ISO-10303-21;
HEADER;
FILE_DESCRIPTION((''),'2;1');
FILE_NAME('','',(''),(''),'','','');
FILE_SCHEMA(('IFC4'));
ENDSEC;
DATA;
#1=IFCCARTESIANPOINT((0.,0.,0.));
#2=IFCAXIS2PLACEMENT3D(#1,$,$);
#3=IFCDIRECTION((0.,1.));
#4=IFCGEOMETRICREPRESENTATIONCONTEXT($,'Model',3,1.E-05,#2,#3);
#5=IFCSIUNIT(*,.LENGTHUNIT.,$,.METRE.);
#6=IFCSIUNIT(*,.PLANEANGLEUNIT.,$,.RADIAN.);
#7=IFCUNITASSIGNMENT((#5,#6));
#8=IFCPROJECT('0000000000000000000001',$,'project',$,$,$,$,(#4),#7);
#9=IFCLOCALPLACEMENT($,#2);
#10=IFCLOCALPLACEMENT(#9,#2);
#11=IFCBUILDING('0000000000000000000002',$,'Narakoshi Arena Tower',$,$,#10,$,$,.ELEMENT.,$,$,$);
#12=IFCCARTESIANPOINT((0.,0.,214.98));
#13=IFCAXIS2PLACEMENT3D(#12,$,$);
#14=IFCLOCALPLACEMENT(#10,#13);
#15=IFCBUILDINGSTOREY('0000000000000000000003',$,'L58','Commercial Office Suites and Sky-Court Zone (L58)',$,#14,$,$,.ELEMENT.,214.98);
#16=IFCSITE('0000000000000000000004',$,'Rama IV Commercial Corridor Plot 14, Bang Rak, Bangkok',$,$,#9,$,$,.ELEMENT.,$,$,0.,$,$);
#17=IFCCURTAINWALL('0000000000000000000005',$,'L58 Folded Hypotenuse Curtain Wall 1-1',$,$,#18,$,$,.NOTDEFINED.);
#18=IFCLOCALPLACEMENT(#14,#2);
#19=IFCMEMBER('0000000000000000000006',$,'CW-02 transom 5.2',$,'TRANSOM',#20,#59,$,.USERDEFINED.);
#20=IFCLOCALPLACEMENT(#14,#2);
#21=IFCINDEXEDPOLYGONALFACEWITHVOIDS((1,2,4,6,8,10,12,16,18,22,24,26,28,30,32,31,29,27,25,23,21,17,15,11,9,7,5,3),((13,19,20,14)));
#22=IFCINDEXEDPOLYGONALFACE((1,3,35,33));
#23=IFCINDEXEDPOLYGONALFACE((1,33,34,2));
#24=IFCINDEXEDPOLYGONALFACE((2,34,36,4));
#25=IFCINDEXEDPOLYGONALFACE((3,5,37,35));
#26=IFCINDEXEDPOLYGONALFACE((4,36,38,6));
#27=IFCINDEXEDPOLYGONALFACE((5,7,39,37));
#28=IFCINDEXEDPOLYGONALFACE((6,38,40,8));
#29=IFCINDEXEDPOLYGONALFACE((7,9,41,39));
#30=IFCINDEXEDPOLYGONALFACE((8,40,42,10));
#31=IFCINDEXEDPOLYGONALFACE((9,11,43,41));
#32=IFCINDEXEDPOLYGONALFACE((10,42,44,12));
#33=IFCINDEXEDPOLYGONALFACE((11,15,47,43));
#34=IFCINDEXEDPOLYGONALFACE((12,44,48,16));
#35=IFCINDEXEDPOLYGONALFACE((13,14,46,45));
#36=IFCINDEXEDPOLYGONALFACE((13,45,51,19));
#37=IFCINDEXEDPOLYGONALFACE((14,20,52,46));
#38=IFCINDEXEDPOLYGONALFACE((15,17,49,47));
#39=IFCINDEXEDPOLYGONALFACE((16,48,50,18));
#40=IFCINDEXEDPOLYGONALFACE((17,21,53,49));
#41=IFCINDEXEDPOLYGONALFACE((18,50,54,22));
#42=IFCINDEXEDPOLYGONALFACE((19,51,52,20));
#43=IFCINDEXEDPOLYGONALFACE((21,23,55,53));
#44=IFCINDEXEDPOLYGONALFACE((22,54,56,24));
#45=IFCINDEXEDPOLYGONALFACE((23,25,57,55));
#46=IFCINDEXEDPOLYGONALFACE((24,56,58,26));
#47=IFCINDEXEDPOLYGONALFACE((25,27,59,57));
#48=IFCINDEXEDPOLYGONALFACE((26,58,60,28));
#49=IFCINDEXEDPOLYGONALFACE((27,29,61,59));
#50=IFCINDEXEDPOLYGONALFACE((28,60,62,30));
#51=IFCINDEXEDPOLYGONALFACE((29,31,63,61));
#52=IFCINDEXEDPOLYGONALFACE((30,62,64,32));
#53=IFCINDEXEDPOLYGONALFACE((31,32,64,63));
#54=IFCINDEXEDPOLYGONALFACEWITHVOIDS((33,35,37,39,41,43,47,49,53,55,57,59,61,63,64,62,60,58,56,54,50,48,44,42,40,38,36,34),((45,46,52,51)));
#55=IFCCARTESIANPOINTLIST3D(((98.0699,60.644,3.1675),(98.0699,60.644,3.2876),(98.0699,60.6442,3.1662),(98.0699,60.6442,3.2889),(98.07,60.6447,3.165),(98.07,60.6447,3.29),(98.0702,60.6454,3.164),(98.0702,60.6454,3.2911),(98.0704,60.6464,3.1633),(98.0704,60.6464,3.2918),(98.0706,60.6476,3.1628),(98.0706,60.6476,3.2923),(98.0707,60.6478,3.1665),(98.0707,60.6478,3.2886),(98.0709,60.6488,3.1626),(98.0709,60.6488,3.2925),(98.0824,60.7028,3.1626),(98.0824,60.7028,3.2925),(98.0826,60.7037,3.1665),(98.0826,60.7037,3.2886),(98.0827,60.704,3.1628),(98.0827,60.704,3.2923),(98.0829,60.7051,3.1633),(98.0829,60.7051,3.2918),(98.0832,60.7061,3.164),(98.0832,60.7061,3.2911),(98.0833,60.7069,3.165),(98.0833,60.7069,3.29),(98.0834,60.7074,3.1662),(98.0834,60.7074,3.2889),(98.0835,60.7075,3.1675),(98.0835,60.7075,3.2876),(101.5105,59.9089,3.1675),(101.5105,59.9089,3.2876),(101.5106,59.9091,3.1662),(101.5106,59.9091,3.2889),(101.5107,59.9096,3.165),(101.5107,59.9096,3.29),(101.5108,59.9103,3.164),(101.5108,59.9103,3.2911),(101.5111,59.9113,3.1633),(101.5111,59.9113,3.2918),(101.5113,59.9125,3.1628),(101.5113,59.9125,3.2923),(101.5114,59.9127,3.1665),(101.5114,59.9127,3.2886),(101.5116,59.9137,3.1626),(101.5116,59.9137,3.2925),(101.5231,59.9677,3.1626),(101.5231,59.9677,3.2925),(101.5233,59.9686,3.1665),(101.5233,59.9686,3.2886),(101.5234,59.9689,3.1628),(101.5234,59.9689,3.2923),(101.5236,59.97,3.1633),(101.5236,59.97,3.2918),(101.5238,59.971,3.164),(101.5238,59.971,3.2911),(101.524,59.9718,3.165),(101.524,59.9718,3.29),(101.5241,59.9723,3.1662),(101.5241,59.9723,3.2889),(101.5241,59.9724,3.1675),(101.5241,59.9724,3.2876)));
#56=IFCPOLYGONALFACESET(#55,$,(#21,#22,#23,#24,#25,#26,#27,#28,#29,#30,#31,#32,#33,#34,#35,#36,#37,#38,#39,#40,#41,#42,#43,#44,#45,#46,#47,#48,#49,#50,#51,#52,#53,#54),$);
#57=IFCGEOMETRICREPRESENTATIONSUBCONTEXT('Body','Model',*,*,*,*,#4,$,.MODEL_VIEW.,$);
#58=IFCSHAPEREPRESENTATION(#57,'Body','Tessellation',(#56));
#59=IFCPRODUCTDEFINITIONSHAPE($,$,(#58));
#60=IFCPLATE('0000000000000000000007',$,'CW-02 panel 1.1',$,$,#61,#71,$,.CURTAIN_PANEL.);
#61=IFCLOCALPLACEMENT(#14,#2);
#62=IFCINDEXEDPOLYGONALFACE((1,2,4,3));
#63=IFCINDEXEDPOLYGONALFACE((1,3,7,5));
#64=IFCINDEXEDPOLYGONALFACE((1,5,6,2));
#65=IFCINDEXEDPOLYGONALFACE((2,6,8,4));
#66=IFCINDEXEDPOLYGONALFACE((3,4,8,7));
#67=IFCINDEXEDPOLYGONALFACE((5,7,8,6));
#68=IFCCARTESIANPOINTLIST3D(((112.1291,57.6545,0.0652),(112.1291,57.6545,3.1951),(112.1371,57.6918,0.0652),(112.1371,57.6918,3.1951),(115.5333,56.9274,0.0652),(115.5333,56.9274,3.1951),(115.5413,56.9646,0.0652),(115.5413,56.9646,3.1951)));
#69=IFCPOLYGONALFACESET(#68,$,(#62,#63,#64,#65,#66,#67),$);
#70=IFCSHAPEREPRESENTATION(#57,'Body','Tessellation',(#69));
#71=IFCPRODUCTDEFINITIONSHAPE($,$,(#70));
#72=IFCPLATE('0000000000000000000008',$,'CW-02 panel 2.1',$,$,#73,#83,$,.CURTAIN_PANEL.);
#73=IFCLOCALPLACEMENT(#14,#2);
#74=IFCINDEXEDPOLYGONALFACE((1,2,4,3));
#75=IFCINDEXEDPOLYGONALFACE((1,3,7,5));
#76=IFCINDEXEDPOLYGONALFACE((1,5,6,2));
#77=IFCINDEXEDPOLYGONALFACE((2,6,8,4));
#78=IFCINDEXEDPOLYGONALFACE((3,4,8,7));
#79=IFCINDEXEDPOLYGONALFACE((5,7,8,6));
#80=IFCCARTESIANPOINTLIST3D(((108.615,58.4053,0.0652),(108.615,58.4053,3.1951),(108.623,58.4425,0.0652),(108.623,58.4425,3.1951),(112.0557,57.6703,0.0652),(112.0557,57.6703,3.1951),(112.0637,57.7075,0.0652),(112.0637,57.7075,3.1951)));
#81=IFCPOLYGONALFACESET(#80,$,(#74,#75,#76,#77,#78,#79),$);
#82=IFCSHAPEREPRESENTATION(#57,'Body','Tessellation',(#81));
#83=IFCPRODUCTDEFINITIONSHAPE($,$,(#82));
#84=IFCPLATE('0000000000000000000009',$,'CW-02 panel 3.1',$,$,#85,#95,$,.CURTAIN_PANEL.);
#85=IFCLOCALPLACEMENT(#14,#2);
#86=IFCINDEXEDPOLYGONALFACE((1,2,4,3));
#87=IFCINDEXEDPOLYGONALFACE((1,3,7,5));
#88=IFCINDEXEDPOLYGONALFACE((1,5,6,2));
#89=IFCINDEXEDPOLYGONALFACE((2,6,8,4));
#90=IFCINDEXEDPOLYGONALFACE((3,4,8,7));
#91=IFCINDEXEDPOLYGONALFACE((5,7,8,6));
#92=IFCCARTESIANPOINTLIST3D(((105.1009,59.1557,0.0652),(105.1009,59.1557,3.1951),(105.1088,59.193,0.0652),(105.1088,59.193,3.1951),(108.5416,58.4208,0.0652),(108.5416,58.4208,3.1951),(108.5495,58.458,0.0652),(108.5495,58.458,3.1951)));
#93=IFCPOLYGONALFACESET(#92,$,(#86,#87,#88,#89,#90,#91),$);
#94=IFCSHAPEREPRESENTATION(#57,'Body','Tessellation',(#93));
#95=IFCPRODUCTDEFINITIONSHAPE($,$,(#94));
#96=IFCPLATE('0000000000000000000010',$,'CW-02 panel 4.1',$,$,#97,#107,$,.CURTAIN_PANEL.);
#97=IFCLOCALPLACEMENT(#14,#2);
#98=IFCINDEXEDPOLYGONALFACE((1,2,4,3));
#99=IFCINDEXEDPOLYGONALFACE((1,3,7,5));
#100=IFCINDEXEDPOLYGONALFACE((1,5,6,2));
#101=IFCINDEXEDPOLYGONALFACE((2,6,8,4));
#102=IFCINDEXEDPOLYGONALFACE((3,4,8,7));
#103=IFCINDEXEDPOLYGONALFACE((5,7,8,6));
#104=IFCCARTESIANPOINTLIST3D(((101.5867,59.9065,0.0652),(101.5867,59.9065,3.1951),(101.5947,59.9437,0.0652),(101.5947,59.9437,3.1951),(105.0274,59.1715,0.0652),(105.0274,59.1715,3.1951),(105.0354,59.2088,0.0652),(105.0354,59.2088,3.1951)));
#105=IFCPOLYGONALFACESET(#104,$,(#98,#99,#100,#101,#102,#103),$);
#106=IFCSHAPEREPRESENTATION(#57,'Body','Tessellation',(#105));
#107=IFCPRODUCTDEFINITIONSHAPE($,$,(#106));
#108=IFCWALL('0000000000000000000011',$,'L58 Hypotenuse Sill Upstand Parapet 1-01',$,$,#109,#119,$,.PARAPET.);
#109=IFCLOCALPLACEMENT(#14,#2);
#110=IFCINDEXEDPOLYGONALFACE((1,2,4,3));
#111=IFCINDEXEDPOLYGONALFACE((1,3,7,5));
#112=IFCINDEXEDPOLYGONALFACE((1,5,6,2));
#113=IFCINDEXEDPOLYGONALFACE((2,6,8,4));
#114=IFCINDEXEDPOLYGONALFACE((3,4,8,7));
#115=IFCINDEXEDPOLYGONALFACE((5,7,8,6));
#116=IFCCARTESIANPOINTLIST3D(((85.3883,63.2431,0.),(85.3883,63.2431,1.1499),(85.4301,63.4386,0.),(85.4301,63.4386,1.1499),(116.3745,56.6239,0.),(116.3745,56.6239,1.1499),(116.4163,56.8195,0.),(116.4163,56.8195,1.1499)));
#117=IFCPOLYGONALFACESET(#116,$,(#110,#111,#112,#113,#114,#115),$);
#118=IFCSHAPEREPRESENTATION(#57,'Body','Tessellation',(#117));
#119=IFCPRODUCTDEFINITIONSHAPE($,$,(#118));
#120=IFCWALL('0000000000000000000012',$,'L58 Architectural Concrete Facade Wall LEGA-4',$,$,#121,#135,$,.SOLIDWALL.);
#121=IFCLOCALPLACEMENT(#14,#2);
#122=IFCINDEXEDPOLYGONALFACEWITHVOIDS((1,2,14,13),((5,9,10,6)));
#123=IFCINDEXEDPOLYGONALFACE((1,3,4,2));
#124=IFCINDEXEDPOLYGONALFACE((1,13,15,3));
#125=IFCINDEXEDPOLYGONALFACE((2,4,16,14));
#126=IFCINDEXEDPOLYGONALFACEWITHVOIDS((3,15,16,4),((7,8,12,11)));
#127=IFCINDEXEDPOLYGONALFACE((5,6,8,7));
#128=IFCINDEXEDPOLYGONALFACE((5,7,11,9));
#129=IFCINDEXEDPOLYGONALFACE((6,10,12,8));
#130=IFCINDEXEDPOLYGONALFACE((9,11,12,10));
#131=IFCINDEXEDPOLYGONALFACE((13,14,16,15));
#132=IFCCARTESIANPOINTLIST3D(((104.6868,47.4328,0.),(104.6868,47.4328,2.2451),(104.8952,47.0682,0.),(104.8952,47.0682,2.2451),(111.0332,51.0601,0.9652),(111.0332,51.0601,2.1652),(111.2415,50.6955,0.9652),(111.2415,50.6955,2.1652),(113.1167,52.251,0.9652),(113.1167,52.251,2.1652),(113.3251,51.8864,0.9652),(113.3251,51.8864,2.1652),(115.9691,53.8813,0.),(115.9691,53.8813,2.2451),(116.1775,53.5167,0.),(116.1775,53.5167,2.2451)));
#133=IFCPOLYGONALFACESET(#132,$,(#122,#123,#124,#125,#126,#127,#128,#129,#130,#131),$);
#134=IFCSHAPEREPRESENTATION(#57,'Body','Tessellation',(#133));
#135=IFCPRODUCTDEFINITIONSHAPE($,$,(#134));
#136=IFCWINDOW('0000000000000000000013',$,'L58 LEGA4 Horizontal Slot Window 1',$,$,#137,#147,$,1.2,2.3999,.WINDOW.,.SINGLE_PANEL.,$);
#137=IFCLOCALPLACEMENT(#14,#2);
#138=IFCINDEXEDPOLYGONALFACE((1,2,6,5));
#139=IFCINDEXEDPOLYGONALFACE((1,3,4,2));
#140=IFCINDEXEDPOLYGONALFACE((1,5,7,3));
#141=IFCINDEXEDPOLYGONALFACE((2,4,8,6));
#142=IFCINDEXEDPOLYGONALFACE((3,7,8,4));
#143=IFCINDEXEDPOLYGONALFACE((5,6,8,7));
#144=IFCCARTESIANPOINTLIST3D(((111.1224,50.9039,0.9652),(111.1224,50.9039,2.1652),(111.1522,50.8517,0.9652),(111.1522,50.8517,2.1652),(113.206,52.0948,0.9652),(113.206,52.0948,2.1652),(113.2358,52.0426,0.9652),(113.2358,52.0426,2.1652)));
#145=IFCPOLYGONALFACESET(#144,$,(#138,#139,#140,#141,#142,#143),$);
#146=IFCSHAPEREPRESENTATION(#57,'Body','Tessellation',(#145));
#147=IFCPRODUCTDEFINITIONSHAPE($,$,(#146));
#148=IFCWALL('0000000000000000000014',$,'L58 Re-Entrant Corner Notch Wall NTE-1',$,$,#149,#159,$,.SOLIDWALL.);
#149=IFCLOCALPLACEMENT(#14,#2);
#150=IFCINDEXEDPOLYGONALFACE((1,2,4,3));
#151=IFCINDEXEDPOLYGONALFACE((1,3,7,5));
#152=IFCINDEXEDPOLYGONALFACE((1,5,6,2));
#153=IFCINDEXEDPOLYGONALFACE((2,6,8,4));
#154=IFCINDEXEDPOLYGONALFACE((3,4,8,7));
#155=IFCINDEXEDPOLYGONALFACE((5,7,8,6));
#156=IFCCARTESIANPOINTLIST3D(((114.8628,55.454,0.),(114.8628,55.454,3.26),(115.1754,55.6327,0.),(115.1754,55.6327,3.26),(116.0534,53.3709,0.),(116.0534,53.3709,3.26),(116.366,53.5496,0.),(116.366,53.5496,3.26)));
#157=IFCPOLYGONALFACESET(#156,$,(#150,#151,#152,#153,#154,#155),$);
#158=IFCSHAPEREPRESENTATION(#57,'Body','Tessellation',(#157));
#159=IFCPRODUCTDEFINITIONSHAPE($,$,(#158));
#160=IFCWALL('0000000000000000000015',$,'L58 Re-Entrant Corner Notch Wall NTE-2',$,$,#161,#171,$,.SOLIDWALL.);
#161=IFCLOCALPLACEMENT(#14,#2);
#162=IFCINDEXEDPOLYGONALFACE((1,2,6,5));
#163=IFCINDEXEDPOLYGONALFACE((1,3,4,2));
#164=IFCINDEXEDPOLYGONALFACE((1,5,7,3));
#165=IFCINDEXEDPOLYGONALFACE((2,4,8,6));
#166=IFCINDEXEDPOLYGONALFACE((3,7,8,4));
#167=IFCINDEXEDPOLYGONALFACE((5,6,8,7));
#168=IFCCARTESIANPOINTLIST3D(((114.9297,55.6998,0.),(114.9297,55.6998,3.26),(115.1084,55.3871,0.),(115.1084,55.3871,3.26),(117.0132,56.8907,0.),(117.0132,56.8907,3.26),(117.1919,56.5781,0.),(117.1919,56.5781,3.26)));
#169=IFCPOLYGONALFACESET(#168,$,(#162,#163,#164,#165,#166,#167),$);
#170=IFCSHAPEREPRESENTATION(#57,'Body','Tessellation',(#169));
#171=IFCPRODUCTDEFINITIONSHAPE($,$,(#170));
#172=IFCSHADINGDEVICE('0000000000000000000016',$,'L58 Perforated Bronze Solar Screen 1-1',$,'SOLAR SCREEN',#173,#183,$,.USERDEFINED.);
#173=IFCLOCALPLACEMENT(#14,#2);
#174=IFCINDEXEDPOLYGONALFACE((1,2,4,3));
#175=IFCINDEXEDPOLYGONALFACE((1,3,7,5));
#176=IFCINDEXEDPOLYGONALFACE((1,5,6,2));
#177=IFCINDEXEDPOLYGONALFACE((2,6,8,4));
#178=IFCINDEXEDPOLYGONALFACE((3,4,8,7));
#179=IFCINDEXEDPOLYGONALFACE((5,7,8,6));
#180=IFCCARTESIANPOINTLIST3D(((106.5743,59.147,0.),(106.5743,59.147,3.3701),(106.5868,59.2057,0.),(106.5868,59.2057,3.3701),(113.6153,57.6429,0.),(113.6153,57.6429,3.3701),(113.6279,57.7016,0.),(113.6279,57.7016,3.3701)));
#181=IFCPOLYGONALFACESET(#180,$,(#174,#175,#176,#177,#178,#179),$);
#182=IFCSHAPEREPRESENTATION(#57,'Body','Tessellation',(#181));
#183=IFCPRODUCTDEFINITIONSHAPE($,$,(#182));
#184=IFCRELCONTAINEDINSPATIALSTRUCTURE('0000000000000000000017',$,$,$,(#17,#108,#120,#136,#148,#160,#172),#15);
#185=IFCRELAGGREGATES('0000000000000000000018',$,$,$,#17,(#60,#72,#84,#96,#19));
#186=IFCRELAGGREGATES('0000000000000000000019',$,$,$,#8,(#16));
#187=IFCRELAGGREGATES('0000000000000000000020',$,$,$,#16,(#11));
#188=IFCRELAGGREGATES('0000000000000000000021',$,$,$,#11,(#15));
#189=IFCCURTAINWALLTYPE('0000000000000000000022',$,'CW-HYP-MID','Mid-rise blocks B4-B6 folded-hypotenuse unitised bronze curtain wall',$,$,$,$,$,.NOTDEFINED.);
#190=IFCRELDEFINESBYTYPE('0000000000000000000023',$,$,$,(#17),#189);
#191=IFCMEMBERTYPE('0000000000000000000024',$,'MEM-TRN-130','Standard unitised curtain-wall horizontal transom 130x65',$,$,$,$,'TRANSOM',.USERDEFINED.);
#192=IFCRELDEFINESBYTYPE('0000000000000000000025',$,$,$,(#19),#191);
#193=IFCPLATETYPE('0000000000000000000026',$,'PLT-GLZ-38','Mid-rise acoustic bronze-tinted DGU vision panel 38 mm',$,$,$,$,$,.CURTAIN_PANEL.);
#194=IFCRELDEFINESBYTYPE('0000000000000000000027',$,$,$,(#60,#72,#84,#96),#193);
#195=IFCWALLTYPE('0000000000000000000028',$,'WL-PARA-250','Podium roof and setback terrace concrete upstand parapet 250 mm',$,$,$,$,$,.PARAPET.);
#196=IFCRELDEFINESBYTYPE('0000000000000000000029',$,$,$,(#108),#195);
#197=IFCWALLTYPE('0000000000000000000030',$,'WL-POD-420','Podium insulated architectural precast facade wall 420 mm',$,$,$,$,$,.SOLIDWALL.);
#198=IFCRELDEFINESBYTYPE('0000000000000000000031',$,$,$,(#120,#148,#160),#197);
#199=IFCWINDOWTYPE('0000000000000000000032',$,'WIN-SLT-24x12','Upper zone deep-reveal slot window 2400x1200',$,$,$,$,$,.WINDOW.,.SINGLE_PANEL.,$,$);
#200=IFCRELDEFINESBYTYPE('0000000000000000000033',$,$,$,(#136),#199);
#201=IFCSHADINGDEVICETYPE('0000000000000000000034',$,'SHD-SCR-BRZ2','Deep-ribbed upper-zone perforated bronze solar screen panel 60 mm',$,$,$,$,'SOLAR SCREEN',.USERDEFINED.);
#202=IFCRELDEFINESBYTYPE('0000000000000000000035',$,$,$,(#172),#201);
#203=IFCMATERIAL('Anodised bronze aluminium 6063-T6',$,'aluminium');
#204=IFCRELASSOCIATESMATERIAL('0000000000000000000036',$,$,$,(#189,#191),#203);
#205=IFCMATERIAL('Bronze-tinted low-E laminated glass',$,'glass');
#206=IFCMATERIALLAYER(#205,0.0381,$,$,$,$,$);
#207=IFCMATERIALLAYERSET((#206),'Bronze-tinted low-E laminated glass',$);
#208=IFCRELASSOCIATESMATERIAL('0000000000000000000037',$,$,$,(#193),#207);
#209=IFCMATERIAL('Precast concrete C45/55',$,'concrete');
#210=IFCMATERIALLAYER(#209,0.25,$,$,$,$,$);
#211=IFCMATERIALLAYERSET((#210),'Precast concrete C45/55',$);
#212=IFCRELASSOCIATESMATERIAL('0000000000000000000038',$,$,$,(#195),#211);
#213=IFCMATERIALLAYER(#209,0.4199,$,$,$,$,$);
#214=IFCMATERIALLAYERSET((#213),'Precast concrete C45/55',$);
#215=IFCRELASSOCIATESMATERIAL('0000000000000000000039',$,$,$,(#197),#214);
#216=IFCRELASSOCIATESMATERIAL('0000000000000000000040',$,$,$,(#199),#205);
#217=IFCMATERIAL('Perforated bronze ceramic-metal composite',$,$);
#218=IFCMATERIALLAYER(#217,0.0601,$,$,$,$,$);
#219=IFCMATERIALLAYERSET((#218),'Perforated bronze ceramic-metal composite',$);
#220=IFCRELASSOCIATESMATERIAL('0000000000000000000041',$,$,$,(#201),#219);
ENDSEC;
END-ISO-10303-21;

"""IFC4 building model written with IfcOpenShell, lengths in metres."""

from ifc_helpers import new_model, si_unit, direction, frame, frame_2d, origin, origin_2d, place, context, subcontext, project, spatial, rectangle, hollow_rectangle, extrude, material, layer, layer_set, material_profile, profile_set, type_object, element, fill, aggregate, save


model = new_model("IFC4")

# Units and contexts
model_context = context("Model", 3, precision=1e-05, world=origin(), true_north=direction((0.0, 1.0)))
body_context = subcontext(model_context, "Body", "Model", "MODEL_VIEW")
ifc_project = project(units=[si_unit("LENGTHUNIT", "METRE"), si_unit("PLANEANGLEUNIT", "RADIAN")], contexts=[model_context])

# Site, building, storey
site_placement = place(None, origin())
site = spatial("IfcSite", under=ifc_project, at=site_placement, Name="Rama IV Commercial Corridor Plot 14, Bang Rak, Bangkok", CompositionType="ELEMENT", RefElevation=0.0)
building_placement = place(site_placement, origin())
building = spatial("IfcBuilding", under=site, at=building_placement, Name="Narakoshi Arena Tower", CompositionType="ELEMENT")
storey_placement = place(building_placement, frame((0.0, 0.0, 214.98)))
storey = spatial("IfcBuildingStorey", under=building, at=storey_placement, Name="L58", Description="Commercial Office Suites and Sky-Court Zone (L58)", CompositionType="ELEMENT", Elevation=214.98)

# Curtain wall, member, plates
ifc_material_1 = material(Name="Anodised bronze aluminium 6063-T6", Category="aluminium")
curtain_wall_type = type_object("IfcCurtainWallType", Name="CW-HYP-MID", Description="Mid-rise blocks B4-B6 folded-hypotenuse unitised bronze curtain wall", PredefinedType="NOTDEFINED", material=ifc_material_1)
curtain_wall_placement = place(storey_placement, origin())
curtain_wall = element("IfcCurtainWall", 1, at=curtain_wall_placement, inside=storey, type_object=curtain_wall_type, Name="L58 Folded Hypotenuse Curtain Wall 1-1", PredefinedType="NOTDEFINED")
ifc_material_profile_1 = material_profile(ifc_material_1, hollow_rectangle(XDim=0.0649, YDim=0.1299, WallThickness=0.0039, OuterFilletRadius=0.0049, at=origin_2d()), Name="TRN130x65x4")
ifc_profile_set_1 = profile_set([ifc_material_profile_1], Name="Anodised bronze aluminium 6063-T6")
member_type_1 = type_object("IfcMemberType", Name="MEM-TRN-130", Description="Standard unitised curtain-wall horizontal transom 130x65", ElementType="TRANSOM", PredefinedType="USERDEFINED", material=ifc_profile_set_1)
member_1_placement = place(storey_placement, frame((101.5173, 59.9407, 3.2275), z_axis=(-0.977929, 0.208937, 0.0), x_axis=(-0.208937, -0.977929, 0.0)))
member_1 = element("IfcMember", 2, at=member_1_placement, type_object=member_type_1, Name="CW-02 transom 5.2", ObjectType="TRANSOM", PredefinedType="USERDEFINED", context=body_context, shape_type="SweptSolid", body=[
    extrude(hollow_rectangle(XDim=0.0649, YDim=0.1299, WallThickness=0.0039, OuterFilletRadius=0.0049, at=origin_2d()), origin(), (0.0, 0.0, 1.0), 3.5183),
])
ifc_material_2 = material(Name="Bronze-tinted low-E laminated glass", Category="glass")
ifc_layer_1 = layer(ifc_material_2, 0.0381)
ifc_layer_set_1 = layer_set([ifc_layer_1], Name="Bronze-tinted low-E laminated glass")
plate_type = type_object("IfcPlateType", Name="PLT-GLZ-38", Description="Mid-rise acoustic bronze-tinted DGU vision panel 38 mm", PredefinedType="CURTAIN_PANEL", material=ifc_layer_set_1)
plate_1_placement = place(storey_placement, frame((113.8352, 57.3096, 0.0652), z_axis=(0.0, 0.0, 1.0), x_axis=(-0.977937, 0.208899, 0.0)))
plate_1 = element("IfcPlate", 3, at=plate_1_placement, type_object=plate_type, Name="CW-02 panel 1.1", PredefinedType="CURTAIN_PANEL", context=body_context, shape_type="SweptSolid", body=[
    extrude(rectangle(XDim=3.481, YDim=0.0381, at=origin_2d()), origin(), (0.0, 0.0, 1.0), 3.1299),
])
plate_2_placement = place(storey_placement, frame((110.3394, 58.0564, 0.0652), z_axis=(0.0, 0.0, 1.0), x_axis=(-0.977937, 0.208899, 0.0)))
plate_2 = element("IfcPlate", 4, at=plate_2_placement, type_object=plate_type, Name="CW-02 panel 2.1", PredefinedType="CURTAIN_PANEL", context=body_context, shape_type="SweptSolid", body=[
    extrude(rectangle(XDim=3.5183, YDim=0.0381, at=origin_2d()), origin(), (0.0, 0.0, 1.0), 3.1299),
])
plate_3_placement = place(storey_placement, frame((106.8252, 58.8069, 0.0652), z_axis=(0.0, 0.0, 1.0), x_axis=(-0.977937, 0.208899, 0.0)))
plate_3 = element("IfcPlate", 5, at=plate_3_placement, type_object=plate_type, Name="CW-02 panel 3.1", PredefinedType="CURTAIN_PANEL", context=body_context, shape_type="SweptSolid", body=[
    extrude(rectangle(XDim=3.5183, YDim=0.0381, at=origin_2d()), origin(), (0.0, 0.0, 1.0), 3.1299),
])
plate_4_placement = place(storey_placement, frame((103.311, 59.5576, 0.0652), z_axis=(0.0, 0.0, 1.0), x_axis=(-0.977937, 0.208899, 0.0)))
plate_4 = element("IfcPlate", 6, at=plate_4_placement, type_object=plate_type, Name="CW-02 panel 4.1", PredefinedType="CURTAIN_PANEL", context=body_context, shape_type="SweptSolid", body=[
    extrude(rectangle(XDim=3.5183, YDim=0.0381, at=origin_2d()), origin(), (0.0, 0.0, 1.0), 3.1299),
])
aggregate(curtain_wall, [plate_1, plate_2, plate_3, plate_4, member_1])

# Wall
ifc_material_3 = material(Name="Precast concrete C45/55", Category="concrete")
ifc_layer_2 = layer(ifc_material_3, 0.25)
ifc_layer_set_2 = layer_set([ifc_layer_2], Name="Precast concrete C45/55")
wall_type_1 = type_object("IfcWallType", Name="WL-PARA-250", Description="Podium roof and setback terrace concrete upstand parapet 250 mm", PredefinedType="PARAPET", material=ifc_layer_set_2)
wall_1_placement = place(storey_placement, frame((116.3955, 56.7217, 0.0), z_axis=(0.0, 0.0, 1.0), x_axis=(-0.977937, 0.208902, 0.0)))
element("IfcWall", 7, at=wall_1_placement, inside=storey, type_object=wall_type_1, Name="L58 Hypotenuse Sill Upstand Parapet 1-01", PredefinedType="PARAPET", context=body_context, shape_type="SweptSolid", body=[
    extrude(rectangle(XDim=31.6853, YDim=0.2, at=frame_2d((15.8428, 0.0))), origin(), (0.0, 0.0, 1.0), 1.1499),
])

# Wall, opening, window
ifc_layer_3 = layer(ifc_material_3, 0.4199)
ifc_layer_set_3 = layer_set([ifc_layer_3], Name="Precast concrete C45/55")
wall_type_2 = type_object("IfcWallType", Name="WL-POD-420", Description="Podium insulated architectural precast facade wall 420 mm", PredefinedType="SOLIDWALL", material=ifc_layer_set_3)
wall_2_placement = place(storey_placement, frame((104.791, 47.2505, 0.0), z_axis=(0.0, 0.0, 1.0), x_axis=(0.868193, 0.496226, 0.0)))
wall_2 = element("IfcWall", 8, at=wall_2_placement, inside=storey, type_object=wall_type_2, Name="L58 Architectural Concrete Facade Wall LEGA-4", PredefinedType="SOLIDWALL", context=body_context, shape_type="SweptSolid", body=[
    extrude(rectangle(XDim=12.9951, YDim=0.4199, at=frame_2d((6.4976, 0.0))), origin(), (0.0, 0.0, 1.0), 2.2451),
])
opening_placement = place(wall_2_placement, frame((7.3098, 0.0, 0.9651)))
opening = element("IfcOpeningElement", 9, at=opening_placement, cuts=wall_2, PredefinedType="OPENING", context=body_context, shape_type="SweptSolid", body=[
    extrude(rectangle(XDim=2.3999, YDim=1.2, at=frame_2d((1.2, 0.6001))), frame((0.0, 0.22, 0.0), z_axis=(0.0, -1.0, 0.0), x_axis=(1.0, 0.0, 0.0)), (0.0, 0.0, 1.0), 0.4399),
])
window_type = type_object("IfcWindowType", Name="WIN-SLT-24x12", Description="Upper zone deep-reveal slot window 2400x1200", PartitioningType="SINGLE_PANEL", PredefinedType="WINDOW", material=ifc_material_2)
window_placement = place(opening_placement, origin())
window = element("IfcWindow", 10, at=window_placement, inside=storey, type_object=window_type, Name="L58 LEGA4 Horizontal Slot Window 1", OverallHeight=1.2, OverallWidth=2.3999, PartitioningType="SINGLE_PANEL", PredefinedType="WINDOW", context=body_context, shape_type="SweptSolid", body=[
    extrude(rectangle(XDim=2.3999, YDim=1.2, at=frame_2d((1.2, 0.6001))), frame((0.0, 0.03, 0.0), z_axis=(0.0, -1.0, 0.0), x_axis=(1.0, 0.0, 0.0)), (0.0, 0.0, 1.0), 0.0601),
])
fill(opening, window)

# Walls
wall_3_placement = place(storey_placement, frame((116.2097, 53.4602, 0.0), z_axis=(0.0, 0.0, 1.0), x_axis=(-0.496216, 0.868199, 0.0)))
element("IfcWall", 11, at=wall_3_placement, inside=storey, type_object=wall_type_2, Name="L58 Re-Entrant Corner Notch Wall NTE-1", PredefinedType="SOLIDWALL", context=body_context, shape_type="SweptSolid", body=[
    extrude(rectangle(XDim=2.3994, YDim=0.3601, at=frame_2d((1.1997, 0.0))), origin(), (0.0, 0.0, 1.0), 3.26),
])
wall_4_placement = place(storey_placement, frame((115.019, 55.5435, 0.0), z_axis=(0.0, 0.0, 1.0), x_axis=(0.868181, 0.496248, 0.0)))
element("IfcWall", 12, at=wall_4_placement, inside=storey, type_object=wall_type_2, Name="L58 Re-Entrant Corner Notch Wall NTE-2", PredefinedType="SOLIDWALL", context=body_context, shape_type="SweptSolid", body=[
    extrude(rectangle(XDim=2.3999, YDim=0.3601, at=frame_2d((1.2, 0.0))), origin(), (0.0, 0.0, 1.0), 3.26),
])

# Shading device
ifc_material_4 = material(Name="Perforated bronze ceramic-metal composite")
ifc_layer_4 = layer(ifc_material_4, 0.0601)
ifc_layer_set_4 = layer_set([ifc_layer_4], Name="Perforated bronze ceramic-metal composite")
shading_device_type = type_object("IfcShadingDeviceType", Name="SHD-SCR-BRZ2", Description="Deep-ribbed upper-zone perforated bronze solar screen panel 60 mm", ElementType="SOLAR SCREEN", PredefinedType="USERDEFINED", material=ifc_layer_set_4)
shading_device_placement = place(storey_placement, frame((110.1011, 58.4243, 0.0), z_axis=(0.0, 0.0, 1.0), x_axis=(-0.977937, 0.208902, 0.0)))
element("IfcShadingDevice", 13, at=shading_device_placement, inside=storey, type_object=shading_device_type, Name="L58 Perforated Bronze Solar Screen 1-1", ObjectType="SOLAR SCREEN", PredefinedType="USERDEFINED", context=body_context, shape_type="SweptSolid", body=[
    extrude(rectangle(XDim=7.2, YDim=0.0601, at=origin_2d()), origin(), (0.0, 0.0, 1.0), 3.3701),
])

save(model, "model.ifc")
